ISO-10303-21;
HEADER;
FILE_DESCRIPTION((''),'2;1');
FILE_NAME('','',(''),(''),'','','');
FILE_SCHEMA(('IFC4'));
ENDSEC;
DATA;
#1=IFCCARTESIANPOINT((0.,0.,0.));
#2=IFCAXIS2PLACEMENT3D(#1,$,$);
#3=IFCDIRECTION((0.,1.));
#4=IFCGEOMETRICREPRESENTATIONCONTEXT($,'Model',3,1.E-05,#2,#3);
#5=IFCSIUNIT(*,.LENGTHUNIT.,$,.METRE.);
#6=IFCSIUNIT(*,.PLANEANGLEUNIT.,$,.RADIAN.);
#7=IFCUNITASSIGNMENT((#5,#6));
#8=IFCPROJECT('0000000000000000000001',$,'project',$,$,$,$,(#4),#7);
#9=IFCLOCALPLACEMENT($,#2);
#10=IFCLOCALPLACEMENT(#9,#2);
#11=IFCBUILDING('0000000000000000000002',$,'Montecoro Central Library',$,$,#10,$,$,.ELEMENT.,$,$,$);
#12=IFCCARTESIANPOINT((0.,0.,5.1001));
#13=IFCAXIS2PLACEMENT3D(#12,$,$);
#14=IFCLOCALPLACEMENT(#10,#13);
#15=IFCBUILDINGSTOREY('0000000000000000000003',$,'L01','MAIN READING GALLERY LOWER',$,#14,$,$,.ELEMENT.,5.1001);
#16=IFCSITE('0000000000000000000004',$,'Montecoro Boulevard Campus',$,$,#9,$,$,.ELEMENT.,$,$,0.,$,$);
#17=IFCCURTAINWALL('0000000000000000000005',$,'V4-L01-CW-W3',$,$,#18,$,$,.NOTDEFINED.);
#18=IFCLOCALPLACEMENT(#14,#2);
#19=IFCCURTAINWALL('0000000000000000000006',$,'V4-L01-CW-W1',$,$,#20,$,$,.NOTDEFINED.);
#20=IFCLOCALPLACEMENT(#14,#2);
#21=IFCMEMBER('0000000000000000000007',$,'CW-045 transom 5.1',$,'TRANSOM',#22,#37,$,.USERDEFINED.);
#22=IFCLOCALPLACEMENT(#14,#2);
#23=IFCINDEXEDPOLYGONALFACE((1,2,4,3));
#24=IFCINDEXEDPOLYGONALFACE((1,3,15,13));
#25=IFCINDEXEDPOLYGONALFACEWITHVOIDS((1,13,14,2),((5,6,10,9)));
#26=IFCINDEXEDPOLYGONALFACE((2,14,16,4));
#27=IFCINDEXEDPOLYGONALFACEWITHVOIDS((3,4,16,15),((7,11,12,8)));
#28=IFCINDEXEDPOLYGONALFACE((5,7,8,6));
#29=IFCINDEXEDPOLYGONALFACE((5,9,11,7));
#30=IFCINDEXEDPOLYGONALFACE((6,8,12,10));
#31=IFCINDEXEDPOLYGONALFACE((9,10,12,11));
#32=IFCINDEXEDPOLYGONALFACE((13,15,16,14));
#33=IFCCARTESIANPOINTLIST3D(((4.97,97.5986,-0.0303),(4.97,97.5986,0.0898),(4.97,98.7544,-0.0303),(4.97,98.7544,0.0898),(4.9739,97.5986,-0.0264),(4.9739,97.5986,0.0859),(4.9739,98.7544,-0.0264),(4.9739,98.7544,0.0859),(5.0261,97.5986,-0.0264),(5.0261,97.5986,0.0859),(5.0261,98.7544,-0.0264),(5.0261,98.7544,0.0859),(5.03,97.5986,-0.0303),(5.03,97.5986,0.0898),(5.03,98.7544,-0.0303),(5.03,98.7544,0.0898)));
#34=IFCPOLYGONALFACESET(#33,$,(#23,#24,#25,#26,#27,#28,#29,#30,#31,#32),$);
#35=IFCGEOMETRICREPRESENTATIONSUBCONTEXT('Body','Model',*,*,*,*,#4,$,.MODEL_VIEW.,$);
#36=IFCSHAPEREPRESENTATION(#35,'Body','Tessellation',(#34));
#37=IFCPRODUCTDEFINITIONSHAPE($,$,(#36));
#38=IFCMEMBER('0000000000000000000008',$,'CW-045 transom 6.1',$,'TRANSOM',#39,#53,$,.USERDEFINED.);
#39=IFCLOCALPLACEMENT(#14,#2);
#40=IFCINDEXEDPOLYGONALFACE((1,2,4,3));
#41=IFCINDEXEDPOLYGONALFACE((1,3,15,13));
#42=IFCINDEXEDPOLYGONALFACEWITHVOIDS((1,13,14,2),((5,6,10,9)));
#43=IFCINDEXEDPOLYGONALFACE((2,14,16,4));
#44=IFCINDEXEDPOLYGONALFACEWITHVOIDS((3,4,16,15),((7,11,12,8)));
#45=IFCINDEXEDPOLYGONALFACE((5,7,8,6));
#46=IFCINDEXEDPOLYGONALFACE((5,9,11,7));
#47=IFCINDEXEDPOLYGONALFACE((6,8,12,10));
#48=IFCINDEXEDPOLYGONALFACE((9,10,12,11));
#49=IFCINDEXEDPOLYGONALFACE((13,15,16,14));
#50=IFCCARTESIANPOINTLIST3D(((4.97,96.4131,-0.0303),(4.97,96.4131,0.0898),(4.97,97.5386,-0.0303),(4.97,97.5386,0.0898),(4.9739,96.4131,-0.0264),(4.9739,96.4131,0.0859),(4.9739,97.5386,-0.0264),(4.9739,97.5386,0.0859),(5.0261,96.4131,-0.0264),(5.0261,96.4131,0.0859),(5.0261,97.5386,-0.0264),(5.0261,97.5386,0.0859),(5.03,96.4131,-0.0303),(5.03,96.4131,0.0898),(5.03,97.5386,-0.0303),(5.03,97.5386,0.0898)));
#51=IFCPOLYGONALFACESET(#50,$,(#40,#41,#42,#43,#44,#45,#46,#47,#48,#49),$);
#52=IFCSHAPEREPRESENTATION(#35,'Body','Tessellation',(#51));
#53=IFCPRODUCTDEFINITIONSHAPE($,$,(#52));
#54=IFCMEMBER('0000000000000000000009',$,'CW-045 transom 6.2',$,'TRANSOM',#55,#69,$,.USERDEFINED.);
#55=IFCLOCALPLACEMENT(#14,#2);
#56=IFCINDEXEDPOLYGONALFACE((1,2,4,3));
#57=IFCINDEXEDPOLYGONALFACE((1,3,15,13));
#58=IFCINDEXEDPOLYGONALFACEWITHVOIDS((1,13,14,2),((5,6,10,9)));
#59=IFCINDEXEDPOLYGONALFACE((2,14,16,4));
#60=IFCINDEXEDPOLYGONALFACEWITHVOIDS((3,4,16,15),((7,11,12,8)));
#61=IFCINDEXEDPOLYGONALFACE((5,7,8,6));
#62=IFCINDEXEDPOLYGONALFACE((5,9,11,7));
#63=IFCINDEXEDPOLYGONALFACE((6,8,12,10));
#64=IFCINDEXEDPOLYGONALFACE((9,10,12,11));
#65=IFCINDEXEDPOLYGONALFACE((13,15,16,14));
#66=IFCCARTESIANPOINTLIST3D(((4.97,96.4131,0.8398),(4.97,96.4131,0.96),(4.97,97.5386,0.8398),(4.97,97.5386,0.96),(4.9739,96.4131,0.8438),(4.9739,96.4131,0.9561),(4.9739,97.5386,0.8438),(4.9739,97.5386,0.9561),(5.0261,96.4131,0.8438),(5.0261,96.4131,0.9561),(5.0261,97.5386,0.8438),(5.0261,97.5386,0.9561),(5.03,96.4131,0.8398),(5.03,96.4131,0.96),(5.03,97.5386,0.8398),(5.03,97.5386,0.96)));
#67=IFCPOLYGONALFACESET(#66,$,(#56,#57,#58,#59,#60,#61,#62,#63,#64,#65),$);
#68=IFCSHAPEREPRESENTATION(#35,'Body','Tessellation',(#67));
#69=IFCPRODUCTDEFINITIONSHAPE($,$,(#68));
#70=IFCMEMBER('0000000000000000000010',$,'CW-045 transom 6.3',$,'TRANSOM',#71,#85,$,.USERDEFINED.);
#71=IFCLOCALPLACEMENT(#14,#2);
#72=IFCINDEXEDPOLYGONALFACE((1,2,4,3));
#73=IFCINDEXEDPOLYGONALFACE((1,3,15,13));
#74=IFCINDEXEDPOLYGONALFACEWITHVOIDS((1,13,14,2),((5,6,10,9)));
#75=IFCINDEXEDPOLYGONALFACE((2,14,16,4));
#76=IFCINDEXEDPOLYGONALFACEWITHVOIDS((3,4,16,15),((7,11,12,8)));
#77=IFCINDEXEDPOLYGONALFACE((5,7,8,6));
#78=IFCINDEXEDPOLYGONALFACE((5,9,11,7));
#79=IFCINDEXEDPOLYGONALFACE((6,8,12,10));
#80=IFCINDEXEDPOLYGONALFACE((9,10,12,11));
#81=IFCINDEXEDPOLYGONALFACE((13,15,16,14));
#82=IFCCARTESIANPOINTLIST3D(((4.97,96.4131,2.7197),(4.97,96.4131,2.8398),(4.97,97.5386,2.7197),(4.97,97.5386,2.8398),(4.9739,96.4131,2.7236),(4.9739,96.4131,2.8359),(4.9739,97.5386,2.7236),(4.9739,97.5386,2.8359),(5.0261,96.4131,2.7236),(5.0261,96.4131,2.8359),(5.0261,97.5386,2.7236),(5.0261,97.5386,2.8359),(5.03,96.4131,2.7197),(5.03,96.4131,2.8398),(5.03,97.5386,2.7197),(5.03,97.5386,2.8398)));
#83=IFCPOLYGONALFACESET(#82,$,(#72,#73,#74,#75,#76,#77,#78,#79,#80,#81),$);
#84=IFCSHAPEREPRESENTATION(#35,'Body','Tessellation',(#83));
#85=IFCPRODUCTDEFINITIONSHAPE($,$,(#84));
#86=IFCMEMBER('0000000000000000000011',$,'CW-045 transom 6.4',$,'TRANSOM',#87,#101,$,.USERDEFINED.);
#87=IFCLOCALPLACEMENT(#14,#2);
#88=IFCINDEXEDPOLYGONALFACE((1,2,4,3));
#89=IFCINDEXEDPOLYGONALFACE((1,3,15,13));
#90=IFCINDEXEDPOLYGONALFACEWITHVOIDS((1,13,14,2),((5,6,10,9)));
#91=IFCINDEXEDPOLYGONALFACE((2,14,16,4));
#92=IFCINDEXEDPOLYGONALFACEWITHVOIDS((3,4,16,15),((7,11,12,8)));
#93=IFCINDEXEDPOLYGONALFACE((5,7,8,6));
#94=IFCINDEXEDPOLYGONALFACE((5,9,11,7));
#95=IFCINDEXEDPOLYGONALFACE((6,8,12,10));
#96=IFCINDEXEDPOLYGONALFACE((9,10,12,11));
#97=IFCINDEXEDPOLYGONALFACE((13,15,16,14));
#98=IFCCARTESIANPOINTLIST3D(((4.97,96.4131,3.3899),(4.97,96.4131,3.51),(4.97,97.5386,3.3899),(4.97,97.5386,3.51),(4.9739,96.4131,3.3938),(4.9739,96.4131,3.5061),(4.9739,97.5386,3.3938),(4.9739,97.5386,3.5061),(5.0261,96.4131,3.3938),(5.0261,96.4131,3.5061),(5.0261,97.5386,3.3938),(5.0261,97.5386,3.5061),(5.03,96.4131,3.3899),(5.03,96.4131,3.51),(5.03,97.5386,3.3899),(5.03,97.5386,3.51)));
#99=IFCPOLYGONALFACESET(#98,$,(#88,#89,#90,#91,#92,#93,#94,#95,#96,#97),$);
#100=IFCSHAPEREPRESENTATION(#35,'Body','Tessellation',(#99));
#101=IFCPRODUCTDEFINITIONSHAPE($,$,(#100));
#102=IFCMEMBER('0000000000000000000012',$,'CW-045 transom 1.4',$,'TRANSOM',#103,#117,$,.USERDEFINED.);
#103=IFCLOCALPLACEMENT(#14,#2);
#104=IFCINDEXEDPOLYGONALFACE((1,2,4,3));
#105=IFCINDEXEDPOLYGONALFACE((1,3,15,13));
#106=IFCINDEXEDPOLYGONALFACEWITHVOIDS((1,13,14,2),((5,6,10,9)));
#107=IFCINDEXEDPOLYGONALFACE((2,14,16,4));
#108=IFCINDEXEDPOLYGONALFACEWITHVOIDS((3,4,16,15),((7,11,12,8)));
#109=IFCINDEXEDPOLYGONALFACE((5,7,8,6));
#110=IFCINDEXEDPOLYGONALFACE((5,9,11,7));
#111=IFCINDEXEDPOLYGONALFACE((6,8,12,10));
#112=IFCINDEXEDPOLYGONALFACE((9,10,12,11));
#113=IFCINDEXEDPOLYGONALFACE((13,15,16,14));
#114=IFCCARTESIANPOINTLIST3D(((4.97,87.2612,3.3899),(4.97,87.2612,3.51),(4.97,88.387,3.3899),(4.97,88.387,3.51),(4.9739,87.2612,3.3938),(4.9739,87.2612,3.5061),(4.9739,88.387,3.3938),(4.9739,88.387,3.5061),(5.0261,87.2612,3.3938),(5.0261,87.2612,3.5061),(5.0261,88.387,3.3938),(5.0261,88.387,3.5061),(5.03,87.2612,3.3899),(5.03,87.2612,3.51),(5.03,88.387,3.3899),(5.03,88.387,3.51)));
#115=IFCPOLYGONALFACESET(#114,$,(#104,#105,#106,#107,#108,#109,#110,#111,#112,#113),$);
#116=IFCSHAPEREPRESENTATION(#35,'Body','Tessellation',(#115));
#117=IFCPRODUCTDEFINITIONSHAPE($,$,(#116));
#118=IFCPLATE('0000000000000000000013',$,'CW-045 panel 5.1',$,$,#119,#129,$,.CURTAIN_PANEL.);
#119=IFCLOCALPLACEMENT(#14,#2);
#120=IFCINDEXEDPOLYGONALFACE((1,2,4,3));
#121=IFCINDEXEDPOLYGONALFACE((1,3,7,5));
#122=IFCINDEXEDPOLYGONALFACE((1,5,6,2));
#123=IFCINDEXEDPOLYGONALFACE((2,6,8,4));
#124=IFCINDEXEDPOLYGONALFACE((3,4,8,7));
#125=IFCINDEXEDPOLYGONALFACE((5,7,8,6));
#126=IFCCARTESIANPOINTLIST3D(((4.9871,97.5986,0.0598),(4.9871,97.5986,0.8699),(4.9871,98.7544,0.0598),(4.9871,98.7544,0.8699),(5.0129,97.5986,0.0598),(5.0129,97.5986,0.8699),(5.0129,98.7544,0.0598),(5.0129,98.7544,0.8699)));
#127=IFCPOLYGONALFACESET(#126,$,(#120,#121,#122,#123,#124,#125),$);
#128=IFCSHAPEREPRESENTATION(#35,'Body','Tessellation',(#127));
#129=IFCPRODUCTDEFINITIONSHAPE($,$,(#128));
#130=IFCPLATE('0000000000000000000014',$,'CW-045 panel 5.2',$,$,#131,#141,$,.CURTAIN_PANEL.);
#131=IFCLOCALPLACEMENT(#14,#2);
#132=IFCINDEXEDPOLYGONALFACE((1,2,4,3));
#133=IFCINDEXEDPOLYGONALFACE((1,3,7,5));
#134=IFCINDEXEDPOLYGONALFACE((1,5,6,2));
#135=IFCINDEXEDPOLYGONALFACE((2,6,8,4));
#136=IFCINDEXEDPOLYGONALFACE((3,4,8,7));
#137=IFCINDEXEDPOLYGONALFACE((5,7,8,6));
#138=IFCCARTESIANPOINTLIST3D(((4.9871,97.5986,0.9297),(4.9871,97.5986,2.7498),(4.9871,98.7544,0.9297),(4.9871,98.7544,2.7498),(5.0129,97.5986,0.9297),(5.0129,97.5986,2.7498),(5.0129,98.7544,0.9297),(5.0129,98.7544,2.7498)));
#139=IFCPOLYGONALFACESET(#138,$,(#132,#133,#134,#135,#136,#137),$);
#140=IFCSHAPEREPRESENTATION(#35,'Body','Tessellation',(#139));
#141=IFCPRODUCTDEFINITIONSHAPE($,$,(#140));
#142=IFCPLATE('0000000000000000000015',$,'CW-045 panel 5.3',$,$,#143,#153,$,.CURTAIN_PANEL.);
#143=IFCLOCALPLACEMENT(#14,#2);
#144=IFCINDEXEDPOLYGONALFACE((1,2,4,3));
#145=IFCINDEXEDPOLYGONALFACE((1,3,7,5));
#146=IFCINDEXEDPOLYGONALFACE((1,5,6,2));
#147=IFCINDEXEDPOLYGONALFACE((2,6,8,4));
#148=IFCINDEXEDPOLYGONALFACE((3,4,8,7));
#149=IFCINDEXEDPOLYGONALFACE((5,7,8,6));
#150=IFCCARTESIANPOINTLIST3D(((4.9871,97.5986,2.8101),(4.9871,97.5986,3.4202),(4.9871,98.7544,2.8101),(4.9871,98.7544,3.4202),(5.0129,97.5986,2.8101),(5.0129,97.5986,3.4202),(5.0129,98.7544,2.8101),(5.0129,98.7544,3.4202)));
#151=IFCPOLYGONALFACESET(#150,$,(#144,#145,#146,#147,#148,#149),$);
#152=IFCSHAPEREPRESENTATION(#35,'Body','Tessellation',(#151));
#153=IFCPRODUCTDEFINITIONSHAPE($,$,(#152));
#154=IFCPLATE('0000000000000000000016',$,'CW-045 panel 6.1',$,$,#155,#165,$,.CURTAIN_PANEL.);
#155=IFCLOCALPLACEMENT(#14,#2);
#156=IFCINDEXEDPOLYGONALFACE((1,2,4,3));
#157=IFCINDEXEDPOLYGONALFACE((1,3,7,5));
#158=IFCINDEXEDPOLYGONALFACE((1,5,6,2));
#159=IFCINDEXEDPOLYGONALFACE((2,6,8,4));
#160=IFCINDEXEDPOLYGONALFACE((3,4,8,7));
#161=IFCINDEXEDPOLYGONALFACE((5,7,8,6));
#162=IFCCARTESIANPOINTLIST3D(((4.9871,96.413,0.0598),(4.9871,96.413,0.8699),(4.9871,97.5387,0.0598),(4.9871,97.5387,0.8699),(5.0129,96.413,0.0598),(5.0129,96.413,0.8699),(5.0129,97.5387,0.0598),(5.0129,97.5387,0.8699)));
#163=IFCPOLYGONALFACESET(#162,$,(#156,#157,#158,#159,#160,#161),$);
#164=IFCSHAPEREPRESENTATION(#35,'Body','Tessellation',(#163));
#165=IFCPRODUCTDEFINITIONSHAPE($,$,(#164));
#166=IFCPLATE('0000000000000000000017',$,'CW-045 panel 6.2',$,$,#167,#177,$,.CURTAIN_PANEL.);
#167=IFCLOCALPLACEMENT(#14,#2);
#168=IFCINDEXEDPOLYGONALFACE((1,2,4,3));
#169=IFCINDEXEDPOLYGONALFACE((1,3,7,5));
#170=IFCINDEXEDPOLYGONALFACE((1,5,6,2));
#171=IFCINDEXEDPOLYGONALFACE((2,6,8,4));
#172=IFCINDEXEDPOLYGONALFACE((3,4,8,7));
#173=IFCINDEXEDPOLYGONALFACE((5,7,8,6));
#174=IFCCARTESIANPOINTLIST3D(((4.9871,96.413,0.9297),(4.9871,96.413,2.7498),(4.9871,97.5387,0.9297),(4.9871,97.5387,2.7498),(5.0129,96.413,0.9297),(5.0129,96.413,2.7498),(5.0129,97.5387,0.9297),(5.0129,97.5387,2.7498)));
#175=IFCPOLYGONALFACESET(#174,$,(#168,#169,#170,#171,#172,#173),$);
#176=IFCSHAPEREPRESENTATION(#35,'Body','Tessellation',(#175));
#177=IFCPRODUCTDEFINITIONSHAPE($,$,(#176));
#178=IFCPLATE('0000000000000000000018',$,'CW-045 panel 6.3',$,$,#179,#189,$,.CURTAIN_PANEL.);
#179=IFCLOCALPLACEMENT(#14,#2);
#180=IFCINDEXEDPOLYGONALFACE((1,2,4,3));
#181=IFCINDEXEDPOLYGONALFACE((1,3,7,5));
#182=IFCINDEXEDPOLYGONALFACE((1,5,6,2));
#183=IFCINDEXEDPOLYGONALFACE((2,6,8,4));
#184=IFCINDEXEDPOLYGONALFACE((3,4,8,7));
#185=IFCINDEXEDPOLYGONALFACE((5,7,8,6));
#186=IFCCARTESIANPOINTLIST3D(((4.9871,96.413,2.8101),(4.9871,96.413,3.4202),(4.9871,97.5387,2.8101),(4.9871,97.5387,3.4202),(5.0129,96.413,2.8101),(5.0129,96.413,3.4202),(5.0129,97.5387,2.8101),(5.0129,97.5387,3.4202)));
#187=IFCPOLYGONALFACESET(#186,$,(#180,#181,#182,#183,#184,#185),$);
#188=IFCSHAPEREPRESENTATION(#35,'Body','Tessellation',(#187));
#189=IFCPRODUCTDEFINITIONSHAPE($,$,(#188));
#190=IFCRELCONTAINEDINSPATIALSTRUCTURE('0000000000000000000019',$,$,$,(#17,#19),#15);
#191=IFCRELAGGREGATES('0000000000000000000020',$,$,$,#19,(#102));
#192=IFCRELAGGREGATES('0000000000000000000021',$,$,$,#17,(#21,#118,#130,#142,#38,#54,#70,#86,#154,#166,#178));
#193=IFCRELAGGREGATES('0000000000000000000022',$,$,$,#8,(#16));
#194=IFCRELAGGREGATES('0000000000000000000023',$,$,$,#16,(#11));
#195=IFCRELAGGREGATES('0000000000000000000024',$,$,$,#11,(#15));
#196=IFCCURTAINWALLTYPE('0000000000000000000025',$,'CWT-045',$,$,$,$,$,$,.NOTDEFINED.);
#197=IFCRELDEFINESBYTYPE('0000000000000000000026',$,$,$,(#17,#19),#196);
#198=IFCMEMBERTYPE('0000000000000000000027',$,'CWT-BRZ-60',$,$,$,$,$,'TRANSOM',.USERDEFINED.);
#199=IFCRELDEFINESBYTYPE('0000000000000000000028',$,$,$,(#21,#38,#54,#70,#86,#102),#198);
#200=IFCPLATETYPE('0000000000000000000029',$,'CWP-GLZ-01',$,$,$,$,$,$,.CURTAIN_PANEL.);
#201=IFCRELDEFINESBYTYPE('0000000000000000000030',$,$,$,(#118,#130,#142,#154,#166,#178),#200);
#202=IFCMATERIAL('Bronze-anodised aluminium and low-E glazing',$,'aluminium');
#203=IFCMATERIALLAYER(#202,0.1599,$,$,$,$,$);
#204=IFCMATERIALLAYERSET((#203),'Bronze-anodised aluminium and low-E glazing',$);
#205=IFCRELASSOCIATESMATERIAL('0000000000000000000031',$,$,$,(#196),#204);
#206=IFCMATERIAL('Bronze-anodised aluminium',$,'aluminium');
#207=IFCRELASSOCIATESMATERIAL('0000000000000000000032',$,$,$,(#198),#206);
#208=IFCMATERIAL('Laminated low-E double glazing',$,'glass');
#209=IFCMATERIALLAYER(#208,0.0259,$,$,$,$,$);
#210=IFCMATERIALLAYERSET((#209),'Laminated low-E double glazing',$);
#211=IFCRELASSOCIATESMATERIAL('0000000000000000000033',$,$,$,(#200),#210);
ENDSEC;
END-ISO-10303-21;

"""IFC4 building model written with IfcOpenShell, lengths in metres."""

from ifc_helpers import new_model, si_unit, direction, frame, origin, origin_2d, place, context, subcontext, project, spatial, rectangle, hollow_rectangle, extrude, material, layer, layer_set, material_profile, profile_set, type_object, element, aggregate, save


model = new_model("IFC4")

# Units and contexts
model_context = context("Model", 3, precision=1e-05, world=origin(), true_north=direction((0.0, 1.0)))
body_context = subcontext(model_context, "Body", "Model", "MODEL_VIEW")
ifc_project = project(units=[si_unit("LENGTHUNIT", "METRE"), si_unit("PLANEANGLEUNIT", "RADIAN")], contexts=[model_context])

# Site, building, storey
site_placement = place(None, origin())
site = spatial("IfcSite", under=ifc_project, at=site_placement, Name="Montecoro Boulevard Campus", CompositionType="ELEMENT", RefElevation=0.0)
building_placement = place(site_placement, origin())
building = spatial("IfcBuilding", under=site, at=building_placement, Name="Montecoro Central Library", CompositionType="ELEMENT")
storey_placement = place(building_placement, frame((0.0, 0.0, 5.1001)))
storey = spatial("IfcBuildingStorey", under=building, at=storey_placement, Name="L01", Description="MAIN READING GALLERY LOWER", CompositionType="ELEMENT", Elevation=5.1001)

# Curtain wall
ifc_material_1 = material(Name="Bronze-anodised aluminium and low-E glazing", Category="aluminium")
ifc_layer_1 = layer(ifc_material_1, 0.1599)
ifc_layer_set_1 = layer_set([ifc_layer_1], Name="Bronze-anodised aluminium and low-E glazing")
curtain_wall_type = type_object("IfcCurtainWallType", Name="CWT-045", PredefinedType="NOTDEFINED", material=ifc_layer_set_1)
curtain_wall_1_placement = place(storey_placement, origin())
curtain_wall_1 = element("IfcCurtainWall", 1, at=curtain_wall_1_placement, inside=storey, type_object=curtain_wall_type, Name="V4-L01-CW-W3", PredefinedType="NOTDEFINED")
ifc_material_2 = material(Name="Bronze-anodised aluminium", Category="aluminium")

# Curtain wall
curtain_wall_2_placement = place(storey_placement, origin())
curtain_wall_2 = element("IfcCurtainWall", 2, at=curtain_wall_2_placement, inside=storey, type_object=curtain_wall_type, Name="V4-L01-CW-W1", PredefinedType="NOTDEFINED")

# Members
ifc_material_profile_1 = material_profile(ifc_material_2, hollow_rectangle(XDim=0.0601, YDim=0.1201, WallThickness=0.0039, at=origin_2d()), Name="CWT 120x60x4.0")
ifc_profile_set_1 = profile_set([ifc_material_profile_1], Name="Bronze-anodised aluminium")
member_type_1 = type_object("IfcMemberType", Name="CWT-BRZ-60", ElementType="TRANSOM", PredefinedType="USERDEFINED", material=ifc_profile_set_1)
member_1_placement = place(storey_placement, frame((5.0, 98.7544, 0.0298), z_axis=(0.0, -1.0, 0.0), x_axis=(1.0, 0.0, 0.0)))
member_1 = element("IfcMember", 3, at=member_1_placement, type_object=member_type_1, Name="CW-045 transom 5.1", ObjectType="TRANSOM", PredefinedType="USERDEFINED", context=body_context, shape_type="SweptSolid", body=[
    extrude(hollow_rectangle(XDim=0.0601, YDim=0.1201, WallThickness=0.0039, at=origin_2d()), origin(), (0.0, 0.0, 1.0), 1.1558),
])
member_2_placement = place(storey_placement, frame((5.0, 97.5386, 0.0298), z_axis=(0.0, -1.0, 0.0), x_axis=(1.0, 0.0, 0.0)))
member_2 = element("IfcMember", 4, at=member_2_placement, type_object=member_type_1, Name="CW-045 transom 6.1", ObjectType="TRANSOM", PredefinedType="USERDEFINED", context=body_context, shape_type="SweptSolid", body=[
    extrude(hollow_rectangle(XDim=0.0601, YDim=0.1201, WallThickness=0.0039, at=origin_2d()), origin(), (0.0, 0.0, 1.0), 1.1255),
])
member_3_placement = place(storey_placement, frame((5.0, 97.5386, 0.8999), z_axis=(0.0, -1.0, 0.0), x_axis=(1.0, 0.0, 0.0)))
member_3 = element("IfcMember", 5, at=member_3_placement, type_object=member_type_1, Name="CW-045 transom 6.2", ObjectType="TRANSOM", PredefinedType="USERDEFINED", context=body_context, shape_type="SweptSolid", body=[
    extrude(hollow_rectangle(XDim=0.0601, YDim=0.1201, WallThickness=0.0039, at=origin_2d()), origin(), (0.0, 0.0, 1.0), 1.1255),
])
member_4_placement = place(storey_placement, frame((5.0, 97.5386, 2.7798), z_axis=(0.0, -1.0, 0.0), x_axis=(1.0, 0.0, 0.0)))
member_4 = element("IfcMember", 6, at=member_4_placement, type_object=member_type_1, Name="CW-045 transom 6.3", ObjectType="TRANSOM", PredefinedType="USERDEFINED", context=body_context, shape_type="SweptSolid", body=[
    extrude(hollow_rectangle(XDim=0.0601, YDim=0.1201, WallThickness=0.0039, at=origin_2d()), origin(), (0.0, 0.0, 1.0), 1.1255),
])
member_5_placement = place(storey_placement, frame((5.0, 97.5386, 3.45), z_axis=(0.0, -1.0, 0.0), x_axis=(1.0, 0.0, 0.0)))
member_5 = element("IfcMember", 7, at=member_5_placement, type_object=member_type_1, Name="CW-045 transom 6.4", ObjectType="TRANSOM", PredefinedType="USERDEFINED", context=body_context, shape_type="SweptSolid", body=[
    extrude(hollow_rectangle(XDim=0.0601, YDim=0.1201, WallThickness=0.0039, at=origin_2d()), origin(), (0.0, 0.0, 1.0), 1.1255),
])
member_6_placement = place(storey_placement, frame((5.0, 88.387, 3.45), z_axis=(0.0, -1.0, 0.0), x_axis=(1.0, 0.0, 0.0)))
member_6 = element("IfcMember", 8, at=member_6_placement, type_object=member_type_1, Name="CW-045 transom 1.4", ObjectType="TRANSOM", PredefinedType="USERDEFINED", context=body_context, shape_type="SweptSolid", body=[
    extrude(hollow_rectangle(XDim=0.0601, YDim=0.1201, WallThickness=0.0039, at=origin_2d()), origin(), (0.0, 0.0, 1.0), 1.1257),
])
aggregate(curtain_wall_2, [member_6])

# Plates
ifc_material_3 = material(Name="Laminated low-E double glazing", Category="glass")
ifc_layer_2 = layer(ifc_material_3, 0.0259)
ifc_layer_set_2 = layer_set([ifc_layer_2], Name="Laminated low-E double glazing")
plate_type_1 = type_object("IfcPlateType", Name="CWP-GLZ-01", PredefinedType="CURTAIN_PANEL", material=ifc_layer_set_2)
plate_1_placement = place(storey_placement, frame((5.0, 98.1765, 0.0598), z_axis=(0.0, 0.0, 1.0), x_axis=(0.0, -1.0, 0.0)))
plate_1 = element("IfcPlate", 9, at=plate_1_placement, type_object=plate_type_1, Name="CW-045 panel 5.1", PredefinedType="CURTAIN_PANEL", context=body_context, shape_type="SweptSolid", body=[
    extrude(rectangle(XDim=1.1558, YDim=0.0259, at=origin_2d()), origin(), (0.0, 0.0, 1.0), 0.8101),
])
plate_2_placement = place(storey_placement, frame((5.0, 98.1765, 0.9297), z_axis=(0.0, 0.0, 1.0), x_axis=(0.0, -1.0, 0.0)))
plate_2 = element("IfcPlate", 10, at=plate_2_placement, type_object=plate_type_1, Name="CW-045 panel 5.2", PredefinedType="CURTAIN_PANEL", context=body_context, shape_type="SweptSolid", body=[
    extrude(rectangle(XDim=1.1558, YDim=0.0259, at=origin_2d()), origin(), (0.0, 0.0, 1.0), 1.8201),
])
plate_3_placement = place(storey_placement, frame((5.0, 98.1765, 2.8101), z_axis=(0.0, 0.0, 1.0), x_axis=(0.0, -1.0, 0.0)))
plate_3 = element("IfcPlate", 11, at=plate_3_placement, type_object=plate_type_1, Name="CW-045 panel 5.3", PredefinedType="CURTAIN_PANEL", context=body_context, shape_type="SweptSolid", body=[
    extrude(rectangle(XDim=1.1558, YDim=0.0259, at=origin_2d()), origin(), (0.0, 0.0, 1.0), 0.6101),
])
plate_4_placement = place(storey_placement, frame((5.0, 96.9758, 0.0598), z_axis=(0.0, 0.0, 1.0), x_axis=(0.0, -1.0, 0.0)))
plate_4 = element("IfcPlate", 12, at=plate_4_placement, type_object=plate_type_1, Name="CW-045 panel 6.1", PredefinedType="CURTAIN_PANEL", context=body_context, shape_type="SweptSolid", body=[
    extrude(rectangle(XDim=1.1257, YDim=0.0259, at=origin_2d()), origin(), (0.0, 0.0, 1.0), 0.8101),
])
plate_5_placement = place(storey_placement, frame((5.0, 96.9758, 0.9297), z_axis=(0.0, 0.0, 1.0), x_axis=(0.0, -1.0, 0.0)))
plate_5 = element("IfcPlate", 13, at=plate_5_placement, type_object=plate_type_1, Name="CW-045 panel 6.2", PredefinedType="CURTAIN_PANEL", context=body_context, shape_type="SweptSolid", body=[
    extrude(rectangle(XDim=1.1257, YDim=0.0259, at=origin_2d()), origin(), (0.0, 0.0, 1.0), 1.8201),
])
plate_6_placement = place(storey_placement, frame((5.0, 96.9758, 2.8101), z_axis=(0.0, 0.0, 1.0), x_axis=(0.0, -1.0, 0.0)))
plate_6 = element("IfcPlate", 14, at=plate_6_placement, type_object=plate_type_1, Name="CW-045 panel 6.3", PredefinedType="CURTAIN_PANEL", context=body_context, shape_type="SweptSolid", body=[
    extrude(rectangle(XDim=1.1257, YDim=0.0259, at=origin_2d()), origin(), (0.0, 0.0, 1.0), 0.6101),
])
aggregate(curtain_wall_1, [member_1, plate_1, plate_2, plate_3, member_2, member_3, member_4, member_5, plate_4, plate_5, plate_6])

save(model, "model.ifc")
